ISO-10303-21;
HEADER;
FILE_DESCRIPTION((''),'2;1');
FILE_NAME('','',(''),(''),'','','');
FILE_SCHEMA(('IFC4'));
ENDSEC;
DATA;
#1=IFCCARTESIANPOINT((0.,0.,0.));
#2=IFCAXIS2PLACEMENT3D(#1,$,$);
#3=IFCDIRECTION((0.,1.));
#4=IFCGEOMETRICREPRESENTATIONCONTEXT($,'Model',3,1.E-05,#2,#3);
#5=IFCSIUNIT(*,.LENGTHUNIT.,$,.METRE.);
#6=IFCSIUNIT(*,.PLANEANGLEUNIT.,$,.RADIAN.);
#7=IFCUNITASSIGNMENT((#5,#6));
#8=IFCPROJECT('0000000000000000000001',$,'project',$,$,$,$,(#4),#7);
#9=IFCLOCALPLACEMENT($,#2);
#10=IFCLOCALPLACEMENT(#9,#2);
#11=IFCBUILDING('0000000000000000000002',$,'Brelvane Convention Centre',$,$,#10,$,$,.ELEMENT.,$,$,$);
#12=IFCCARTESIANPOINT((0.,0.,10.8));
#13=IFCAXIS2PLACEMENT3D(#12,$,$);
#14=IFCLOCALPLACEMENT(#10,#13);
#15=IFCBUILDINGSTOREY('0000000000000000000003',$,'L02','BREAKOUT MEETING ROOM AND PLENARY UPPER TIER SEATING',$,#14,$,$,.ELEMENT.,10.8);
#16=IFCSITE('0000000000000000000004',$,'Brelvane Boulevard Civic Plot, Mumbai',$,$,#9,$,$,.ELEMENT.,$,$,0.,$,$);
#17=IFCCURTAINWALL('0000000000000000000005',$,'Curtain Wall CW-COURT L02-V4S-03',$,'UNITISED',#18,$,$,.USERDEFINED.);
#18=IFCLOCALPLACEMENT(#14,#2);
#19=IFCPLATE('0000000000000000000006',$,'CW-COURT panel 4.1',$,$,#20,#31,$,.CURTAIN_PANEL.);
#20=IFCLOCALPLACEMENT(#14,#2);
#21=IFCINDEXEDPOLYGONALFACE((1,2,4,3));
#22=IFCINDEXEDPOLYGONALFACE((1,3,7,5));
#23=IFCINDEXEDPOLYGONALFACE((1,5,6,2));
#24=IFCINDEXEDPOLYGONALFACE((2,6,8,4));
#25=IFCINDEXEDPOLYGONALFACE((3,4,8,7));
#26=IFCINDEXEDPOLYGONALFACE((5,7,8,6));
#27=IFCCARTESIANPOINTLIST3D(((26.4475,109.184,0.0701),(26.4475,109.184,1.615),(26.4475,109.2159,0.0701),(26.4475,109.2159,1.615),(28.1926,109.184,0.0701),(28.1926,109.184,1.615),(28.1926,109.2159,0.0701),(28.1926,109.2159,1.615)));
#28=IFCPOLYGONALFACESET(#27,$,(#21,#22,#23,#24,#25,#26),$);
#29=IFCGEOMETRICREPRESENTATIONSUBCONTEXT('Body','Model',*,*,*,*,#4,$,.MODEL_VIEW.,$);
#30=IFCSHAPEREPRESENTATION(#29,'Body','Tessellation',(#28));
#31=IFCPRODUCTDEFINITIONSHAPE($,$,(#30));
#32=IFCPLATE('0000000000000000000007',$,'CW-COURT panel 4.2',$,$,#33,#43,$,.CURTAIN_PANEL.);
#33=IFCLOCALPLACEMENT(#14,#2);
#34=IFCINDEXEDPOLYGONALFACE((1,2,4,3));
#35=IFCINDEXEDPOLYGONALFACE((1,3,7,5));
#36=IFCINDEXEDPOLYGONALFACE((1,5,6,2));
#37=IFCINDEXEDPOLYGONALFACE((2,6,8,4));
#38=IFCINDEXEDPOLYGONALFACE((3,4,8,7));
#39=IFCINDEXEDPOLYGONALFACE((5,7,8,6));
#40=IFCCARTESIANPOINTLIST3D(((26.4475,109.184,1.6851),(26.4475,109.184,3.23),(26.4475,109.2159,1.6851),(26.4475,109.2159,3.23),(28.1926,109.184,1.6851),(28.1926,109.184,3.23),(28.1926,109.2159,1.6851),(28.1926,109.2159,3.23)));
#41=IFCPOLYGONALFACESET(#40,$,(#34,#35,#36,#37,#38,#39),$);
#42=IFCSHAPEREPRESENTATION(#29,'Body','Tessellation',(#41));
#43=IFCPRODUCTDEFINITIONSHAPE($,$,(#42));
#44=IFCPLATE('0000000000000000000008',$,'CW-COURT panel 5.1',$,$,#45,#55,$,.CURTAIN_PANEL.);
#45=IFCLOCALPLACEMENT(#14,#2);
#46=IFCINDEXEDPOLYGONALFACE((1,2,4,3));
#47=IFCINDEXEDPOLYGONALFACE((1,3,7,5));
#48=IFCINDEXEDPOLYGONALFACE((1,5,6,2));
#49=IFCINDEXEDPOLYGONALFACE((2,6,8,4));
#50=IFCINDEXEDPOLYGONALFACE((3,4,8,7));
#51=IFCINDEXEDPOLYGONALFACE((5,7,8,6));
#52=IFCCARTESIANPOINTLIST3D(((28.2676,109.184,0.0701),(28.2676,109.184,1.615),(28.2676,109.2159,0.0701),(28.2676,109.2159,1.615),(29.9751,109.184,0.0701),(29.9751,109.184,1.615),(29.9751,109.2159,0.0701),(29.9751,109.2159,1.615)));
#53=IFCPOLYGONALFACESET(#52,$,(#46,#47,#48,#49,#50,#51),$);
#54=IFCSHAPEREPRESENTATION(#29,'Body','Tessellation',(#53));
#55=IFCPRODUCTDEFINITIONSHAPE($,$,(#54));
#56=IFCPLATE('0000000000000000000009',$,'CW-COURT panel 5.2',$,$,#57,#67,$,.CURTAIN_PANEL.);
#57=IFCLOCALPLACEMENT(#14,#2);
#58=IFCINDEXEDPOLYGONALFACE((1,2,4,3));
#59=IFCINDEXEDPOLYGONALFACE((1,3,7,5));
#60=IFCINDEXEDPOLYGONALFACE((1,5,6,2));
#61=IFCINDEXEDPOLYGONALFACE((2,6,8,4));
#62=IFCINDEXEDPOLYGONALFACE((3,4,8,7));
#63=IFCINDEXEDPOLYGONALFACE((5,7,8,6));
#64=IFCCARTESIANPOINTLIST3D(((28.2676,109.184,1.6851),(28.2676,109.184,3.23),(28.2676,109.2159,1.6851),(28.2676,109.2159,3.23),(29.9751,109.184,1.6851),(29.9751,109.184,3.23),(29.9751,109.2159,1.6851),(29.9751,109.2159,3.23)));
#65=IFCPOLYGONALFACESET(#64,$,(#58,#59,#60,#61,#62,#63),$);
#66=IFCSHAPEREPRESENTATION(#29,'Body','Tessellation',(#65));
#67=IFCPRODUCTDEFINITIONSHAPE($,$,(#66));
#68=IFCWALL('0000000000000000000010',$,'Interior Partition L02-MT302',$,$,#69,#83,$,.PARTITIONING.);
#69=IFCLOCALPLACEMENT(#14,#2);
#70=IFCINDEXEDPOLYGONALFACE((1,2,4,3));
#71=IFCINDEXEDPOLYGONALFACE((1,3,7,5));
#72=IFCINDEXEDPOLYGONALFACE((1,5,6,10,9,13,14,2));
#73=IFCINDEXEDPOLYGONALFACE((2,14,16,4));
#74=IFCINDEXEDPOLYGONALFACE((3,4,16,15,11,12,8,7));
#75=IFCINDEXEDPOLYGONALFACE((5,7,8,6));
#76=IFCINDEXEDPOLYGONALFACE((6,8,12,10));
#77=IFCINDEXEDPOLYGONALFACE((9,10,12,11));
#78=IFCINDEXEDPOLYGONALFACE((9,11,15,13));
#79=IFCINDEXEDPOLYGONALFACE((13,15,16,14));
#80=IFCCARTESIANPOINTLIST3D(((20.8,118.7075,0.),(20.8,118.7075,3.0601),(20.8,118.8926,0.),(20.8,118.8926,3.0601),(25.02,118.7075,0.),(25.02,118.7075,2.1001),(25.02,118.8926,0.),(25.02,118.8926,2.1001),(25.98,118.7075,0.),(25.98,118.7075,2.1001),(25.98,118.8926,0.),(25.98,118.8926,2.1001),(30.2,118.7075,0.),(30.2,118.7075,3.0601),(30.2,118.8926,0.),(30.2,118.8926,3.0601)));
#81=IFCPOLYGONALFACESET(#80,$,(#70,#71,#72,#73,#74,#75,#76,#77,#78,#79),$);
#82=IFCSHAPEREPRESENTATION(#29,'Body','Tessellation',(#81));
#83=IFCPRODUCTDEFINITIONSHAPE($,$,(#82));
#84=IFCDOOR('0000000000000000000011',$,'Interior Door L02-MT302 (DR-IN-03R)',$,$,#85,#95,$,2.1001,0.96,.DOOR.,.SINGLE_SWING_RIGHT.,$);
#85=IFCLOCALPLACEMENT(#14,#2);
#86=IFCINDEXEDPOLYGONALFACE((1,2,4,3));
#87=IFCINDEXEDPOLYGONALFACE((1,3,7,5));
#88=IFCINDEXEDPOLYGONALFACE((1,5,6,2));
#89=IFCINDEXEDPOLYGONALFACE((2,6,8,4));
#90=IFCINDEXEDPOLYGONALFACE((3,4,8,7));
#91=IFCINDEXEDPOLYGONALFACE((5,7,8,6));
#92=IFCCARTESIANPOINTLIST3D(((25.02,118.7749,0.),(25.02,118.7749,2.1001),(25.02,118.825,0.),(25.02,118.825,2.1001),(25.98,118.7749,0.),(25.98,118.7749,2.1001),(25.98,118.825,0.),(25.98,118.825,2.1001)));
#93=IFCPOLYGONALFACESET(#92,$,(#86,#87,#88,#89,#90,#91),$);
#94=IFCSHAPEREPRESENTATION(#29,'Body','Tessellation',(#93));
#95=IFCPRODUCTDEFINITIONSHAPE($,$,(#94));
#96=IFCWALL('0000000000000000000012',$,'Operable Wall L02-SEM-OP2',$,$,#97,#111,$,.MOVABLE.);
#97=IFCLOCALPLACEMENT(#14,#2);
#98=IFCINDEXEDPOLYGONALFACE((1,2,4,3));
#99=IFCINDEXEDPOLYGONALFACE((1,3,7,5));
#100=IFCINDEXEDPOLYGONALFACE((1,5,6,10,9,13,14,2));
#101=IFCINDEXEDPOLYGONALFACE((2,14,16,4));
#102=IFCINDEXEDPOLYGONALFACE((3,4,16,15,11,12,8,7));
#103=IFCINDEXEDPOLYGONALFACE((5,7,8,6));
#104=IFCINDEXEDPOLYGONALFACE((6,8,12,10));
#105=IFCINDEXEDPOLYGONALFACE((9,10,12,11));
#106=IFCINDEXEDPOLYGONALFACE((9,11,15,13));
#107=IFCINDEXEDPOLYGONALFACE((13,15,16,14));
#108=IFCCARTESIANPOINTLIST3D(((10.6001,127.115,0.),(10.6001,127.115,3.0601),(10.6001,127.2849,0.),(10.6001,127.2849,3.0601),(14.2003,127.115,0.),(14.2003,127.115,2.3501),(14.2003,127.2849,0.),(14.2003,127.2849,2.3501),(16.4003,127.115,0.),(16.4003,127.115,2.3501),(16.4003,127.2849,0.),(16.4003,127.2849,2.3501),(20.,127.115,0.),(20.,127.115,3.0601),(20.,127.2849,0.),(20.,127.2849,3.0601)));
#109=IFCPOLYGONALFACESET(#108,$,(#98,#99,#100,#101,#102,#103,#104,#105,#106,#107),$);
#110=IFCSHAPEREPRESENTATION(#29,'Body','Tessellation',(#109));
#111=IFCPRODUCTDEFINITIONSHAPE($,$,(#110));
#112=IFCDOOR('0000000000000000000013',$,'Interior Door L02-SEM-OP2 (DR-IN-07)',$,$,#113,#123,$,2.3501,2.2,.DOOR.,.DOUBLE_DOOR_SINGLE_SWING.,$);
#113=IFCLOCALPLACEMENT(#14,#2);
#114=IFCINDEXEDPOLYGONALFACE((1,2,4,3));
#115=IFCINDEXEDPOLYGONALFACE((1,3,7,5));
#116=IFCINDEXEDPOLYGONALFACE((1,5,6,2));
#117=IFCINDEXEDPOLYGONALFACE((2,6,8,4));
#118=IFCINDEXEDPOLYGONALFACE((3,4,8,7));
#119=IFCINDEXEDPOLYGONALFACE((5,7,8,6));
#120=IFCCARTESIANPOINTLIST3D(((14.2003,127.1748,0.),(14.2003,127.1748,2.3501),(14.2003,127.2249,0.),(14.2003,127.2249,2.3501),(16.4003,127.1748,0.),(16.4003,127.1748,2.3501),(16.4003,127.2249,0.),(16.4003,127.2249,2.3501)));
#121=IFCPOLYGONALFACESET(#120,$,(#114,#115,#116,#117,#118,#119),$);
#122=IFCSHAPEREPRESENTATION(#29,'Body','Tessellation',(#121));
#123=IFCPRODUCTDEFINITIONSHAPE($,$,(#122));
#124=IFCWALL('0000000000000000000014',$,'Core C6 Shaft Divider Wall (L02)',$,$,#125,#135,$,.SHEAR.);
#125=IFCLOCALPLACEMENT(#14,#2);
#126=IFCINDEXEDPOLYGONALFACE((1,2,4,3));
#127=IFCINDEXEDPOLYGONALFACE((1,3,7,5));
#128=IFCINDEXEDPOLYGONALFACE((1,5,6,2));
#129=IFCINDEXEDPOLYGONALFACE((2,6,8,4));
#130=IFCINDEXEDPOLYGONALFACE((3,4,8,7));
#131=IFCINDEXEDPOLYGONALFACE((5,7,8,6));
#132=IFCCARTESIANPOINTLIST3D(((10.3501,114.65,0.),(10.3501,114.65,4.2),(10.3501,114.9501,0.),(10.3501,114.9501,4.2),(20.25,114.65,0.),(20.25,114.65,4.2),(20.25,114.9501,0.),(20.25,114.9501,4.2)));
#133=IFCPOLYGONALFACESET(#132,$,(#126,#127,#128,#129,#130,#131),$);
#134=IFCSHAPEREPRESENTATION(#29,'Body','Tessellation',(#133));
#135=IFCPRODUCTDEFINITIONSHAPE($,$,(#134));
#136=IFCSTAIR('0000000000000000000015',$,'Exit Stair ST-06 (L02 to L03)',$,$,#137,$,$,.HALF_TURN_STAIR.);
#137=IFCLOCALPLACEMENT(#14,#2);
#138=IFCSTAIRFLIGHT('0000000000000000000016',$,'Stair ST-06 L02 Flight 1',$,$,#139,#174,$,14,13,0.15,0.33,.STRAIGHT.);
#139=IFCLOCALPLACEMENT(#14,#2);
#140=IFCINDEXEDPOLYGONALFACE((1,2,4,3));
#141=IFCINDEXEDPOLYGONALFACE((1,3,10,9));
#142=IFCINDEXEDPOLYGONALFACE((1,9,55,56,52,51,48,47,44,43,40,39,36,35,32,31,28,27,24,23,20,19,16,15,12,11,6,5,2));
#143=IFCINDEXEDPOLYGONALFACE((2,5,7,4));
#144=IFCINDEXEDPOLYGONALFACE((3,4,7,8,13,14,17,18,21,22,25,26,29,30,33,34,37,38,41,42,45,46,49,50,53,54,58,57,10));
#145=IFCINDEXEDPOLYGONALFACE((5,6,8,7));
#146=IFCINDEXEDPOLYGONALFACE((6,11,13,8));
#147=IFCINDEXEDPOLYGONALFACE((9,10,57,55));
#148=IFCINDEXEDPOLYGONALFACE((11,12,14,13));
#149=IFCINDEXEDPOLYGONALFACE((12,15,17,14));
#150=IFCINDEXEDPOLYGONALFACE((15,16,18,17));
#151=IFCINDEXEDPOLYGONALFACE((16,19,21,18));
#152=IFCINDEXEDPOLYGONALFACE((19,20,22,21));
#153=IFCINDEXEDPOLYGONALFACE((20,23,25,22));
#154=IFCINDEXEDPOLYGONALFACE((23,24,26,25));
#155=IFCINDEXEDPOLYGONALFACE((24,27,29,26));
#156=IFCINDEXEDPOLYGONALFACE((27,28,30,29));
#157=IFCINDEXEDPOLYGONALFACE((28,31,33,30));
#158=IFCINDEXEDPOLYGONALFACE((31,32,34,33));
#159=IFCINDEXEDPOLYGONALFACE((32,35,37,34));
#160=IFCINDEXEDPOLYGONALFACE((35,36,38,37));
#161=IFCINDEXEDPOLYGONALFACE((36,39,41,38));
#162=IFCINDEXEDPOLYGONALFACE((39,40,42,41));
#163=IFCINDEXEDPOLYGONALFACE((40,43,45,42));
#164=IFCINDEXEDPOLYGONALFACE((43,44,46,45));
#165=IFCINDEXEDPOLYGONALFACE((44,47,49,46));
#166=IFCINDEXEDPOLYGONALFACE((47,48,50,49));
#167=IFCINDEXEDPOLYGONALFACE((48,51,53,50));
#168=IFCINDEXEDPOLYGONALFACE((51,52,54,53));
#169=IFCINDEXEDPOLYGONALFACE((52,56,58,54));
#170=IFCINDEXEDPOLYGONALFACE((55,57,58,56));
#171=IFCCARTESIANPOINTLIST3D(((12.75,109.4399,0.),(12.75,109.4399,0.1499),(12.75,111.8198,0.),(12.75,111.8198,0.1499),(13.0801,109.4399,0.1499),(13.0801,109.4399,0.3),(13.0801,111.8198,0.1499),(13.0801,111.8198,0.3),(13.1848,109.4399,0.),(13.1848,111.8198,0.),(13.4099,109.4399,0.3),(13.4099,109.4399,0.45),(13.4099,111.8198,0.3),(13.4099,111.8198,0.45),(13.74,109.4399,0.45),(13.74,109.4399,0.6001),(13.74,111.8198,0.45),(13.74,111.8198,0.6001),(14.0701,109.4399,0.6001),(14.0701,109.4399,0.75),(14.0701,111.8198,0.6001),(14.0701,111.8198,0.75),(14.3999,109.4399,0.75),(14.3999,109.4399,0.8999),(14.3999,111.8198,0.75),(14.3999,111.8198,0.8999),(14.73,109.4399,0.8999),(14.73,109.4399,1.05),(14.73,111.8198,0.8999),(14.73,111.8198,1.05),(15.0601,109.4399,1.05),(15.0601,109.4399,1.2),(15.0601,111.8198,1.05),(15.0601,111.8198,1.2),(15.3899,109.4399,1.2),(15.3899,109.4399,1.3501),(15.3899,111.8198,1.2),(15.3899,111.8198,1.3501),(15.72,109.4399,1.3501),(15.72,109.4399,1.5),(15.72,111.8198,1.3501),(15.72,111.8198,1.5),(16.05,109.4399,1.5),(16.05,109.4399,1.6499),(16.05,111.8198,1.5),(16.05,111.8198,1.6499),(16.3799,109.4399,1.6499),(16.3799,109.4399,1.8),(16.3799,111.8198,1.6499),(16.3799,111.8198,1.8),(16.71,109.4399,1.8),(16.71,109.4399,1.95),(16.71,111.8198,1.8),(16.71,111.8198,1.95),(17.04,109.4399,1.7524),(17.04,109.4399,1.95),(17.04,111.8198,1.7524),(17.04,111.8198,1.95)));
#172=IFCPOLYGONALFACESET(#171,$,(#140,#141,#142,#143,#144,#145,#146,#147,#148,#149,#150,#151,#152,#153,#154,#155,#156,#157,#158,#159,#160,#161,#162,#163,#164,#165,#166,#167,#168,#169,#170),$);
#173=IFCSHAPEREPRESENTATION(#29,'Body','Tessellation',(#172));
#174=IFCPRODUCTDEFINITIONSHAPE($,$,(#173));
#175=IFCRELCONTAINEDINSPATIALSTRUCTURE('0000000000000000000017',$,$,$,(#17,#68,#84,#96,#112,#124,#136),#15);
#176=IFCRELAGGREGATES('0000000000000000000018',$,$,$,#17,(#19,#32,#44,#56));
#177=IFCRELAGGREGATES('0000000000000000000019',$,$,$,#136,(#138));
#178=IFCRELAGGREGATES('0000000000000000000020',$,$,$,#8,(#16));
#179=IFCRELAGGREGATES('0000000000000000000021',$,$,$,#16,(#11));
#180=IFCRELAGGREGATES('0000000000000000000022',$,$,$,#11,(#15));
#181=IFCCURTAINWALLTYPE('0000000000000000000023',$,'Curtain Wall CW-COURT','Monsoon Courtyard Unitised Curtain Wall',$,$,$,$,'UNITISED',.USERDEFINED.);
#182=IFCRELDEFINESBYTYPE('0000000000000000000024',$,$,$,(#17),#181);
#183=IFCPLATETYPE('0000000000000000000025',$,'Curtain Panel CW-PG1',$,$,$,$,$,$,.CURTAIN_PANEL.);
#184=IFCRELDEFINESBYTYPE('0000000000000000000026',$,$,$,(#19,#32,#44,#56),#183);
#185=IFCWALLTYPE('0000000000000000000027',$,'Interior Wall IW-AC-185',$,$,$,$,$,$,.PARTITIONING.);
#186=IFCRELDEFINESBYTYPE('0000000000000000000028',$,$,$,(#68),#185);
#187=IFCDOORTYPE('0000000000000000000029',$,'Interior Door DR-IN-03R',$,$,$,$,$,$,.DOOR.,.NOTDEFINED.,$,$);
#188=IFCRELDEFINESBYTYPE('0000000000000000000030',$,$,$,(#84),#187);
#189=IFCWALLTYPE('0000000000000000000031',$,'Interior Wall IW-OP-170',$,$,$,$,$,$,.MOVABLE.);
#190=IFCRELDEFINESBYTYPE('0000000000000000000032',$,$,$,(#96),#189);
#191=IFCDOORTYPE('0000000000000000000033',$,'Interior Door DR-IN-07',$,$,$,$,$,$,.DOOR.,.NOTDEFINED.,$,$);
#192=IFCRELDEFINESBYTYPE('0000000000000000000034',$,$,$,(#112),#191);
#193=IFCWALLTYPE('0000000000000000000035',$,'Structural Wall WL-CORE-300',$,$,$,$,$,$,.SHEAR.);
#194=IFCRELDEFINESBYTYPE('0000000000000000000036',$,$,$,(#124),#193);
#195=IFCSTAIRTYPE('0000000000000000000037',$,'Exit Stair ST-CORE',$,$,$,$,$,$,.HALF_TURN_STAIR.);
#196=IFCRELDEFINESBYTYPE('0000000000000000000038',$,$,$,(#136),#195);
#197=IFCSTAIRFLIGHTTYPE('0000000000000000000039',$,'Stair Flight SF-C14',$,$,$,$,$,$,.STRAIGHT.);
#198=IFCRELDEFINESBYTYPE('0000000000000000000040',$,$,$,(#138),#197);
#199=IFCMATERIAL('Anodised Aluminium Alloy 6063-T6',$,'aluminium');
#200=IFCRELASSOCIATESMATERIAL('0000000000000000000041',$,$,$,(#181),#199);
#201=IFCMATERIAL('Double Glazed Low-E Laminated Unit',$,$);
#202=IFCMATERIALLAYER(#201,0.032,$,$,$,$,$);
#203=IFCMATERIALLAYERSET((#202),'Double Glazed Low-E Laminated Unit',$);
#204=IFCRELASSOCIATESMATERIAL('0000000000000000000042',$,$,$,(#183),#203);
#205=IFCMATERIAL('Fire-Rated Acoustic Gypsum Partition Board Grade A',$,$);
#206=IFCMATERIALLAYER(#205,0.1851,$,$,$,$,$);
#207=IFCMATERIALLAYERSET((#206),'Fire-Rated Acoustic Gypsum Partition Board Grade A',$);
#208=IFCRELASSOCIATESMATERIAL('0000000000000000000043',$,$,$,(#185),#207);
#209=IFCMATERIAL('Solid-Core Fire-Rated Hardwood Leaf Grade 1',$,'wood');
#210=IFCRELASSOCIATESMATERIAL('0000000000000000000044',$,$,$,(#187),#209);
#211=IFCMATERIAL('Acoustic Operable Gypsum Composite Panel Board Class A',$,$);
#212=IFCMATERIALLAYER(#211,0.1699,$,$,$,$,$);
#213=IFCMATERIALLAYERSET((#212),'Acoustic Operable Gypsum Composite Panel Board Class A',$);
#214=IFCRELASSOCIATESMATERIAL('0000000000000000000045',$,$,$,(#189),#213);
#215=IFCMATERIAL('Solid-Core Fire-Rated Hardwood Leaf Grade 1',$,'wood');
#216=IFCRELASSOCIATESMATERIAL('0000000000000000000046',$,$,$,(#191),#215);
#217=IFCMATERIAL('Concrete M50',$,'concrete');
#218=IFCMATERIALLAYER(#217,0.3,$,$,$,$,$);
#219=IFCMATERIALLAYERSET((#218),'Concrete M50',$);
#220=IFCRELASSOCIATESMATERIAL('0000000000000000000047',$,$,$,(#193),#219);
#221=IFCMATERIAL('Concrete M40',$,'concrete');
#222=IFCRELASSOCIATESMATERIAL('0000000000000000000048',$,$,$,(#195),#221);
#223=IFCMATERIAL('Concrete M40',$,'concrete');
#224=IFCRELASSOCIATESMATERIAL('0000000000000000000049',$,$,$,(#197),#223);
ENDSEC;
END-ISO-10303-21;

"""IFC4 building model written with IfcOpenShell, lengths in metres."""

from ifc_helpers import new_model, si_unit, direction, frame, frame_2d, origin, origin_2d, place, context, subcontext, project, spatial, polyline, rectangle, outline, extrude, material, layer, layer_set, type_object, element, fill, aggregate, save


model = new_model("IFC4")

# Units and contexts
model_context = context("Model", 3, precision=1e-05, world=origin(), true_north=direction((0.0, 1.0)))
body_context = subcontext(model_context, "Body", "Model", "MODEL_VIEW")
ifc_project = project(units=[si_unit("LENGTHUNIT", "METRE"), si_unit("PLANEANGLEUNIT", "RADIAN")], contexts=[model_context])

# Site, building, storey
site_placement = place(None, origin())
site = spatial("IfcSite", under=ifc_project, at=site_placement, Name="Brelvane Boulevard Civic Plot, Mumbai", CompositionType="ELEMENT", RefElevation=0.0)
building_placement = place(site_placement, origin())
building = spatial("IfcBuilding", under=site, at=building_placement, Name="Brelvane Convention Centre", CompositionType="ELEMENT")
storey_placement = place(building_placement, frame((0.0, 0.0, 10.8)))
storey = spatial("IfcBuildingStorey", under=building, at=storey_placement, Name="L02", Description="BREAKOUT MEETING ROOM AND PLENARY UPPER TIER SEATING", CompositionType="ELEMENT", Elevation=10.8)

# Curtain wall
ifc_material_1 = material(Name="Anodised Aluminium Alloy 6063-T6", Category="aluminium")
curtain_wall_type = type_object("IfcCurtainWallType", Name="Curtain Wall CW-COURT", Description="Monsoon Courtyard Unitised Curtain Wall", ElementType="UNITISED", PredefinedType="USERDEFINED", material=ifc_material_1)
curtain_wall_placement = place(storey_placement, origin())
curtain_wall = element("IfcCurtainWall", 1, at=curtain_wall_placement, inside=storey, type_object=curtain_wall_type, Name="Curtain Wall CW-COURT L02-V4S-03", ObjectType="UNITISED", PredefinedType="USERDEFINED")

# Plates
ifc_material_2 = material(Name="Double Glazed Low-E Laminated Unit")
ifc_layer_1 = layer(ifc_material_2, 0.032)
ifc_layer_set_1 = layer_set([ifc_layer_1], Name="Double Glazed Low-E Laminated Unit")
plate_type = type_object("IfcPlateType", Name="Curtain Panel CW-PG1", PredefinedType="CURTAIN_PANEL", material=ifc_layer_set_1)
plate_1_placement = place(storey_placement, frame((27.3201, 109.2, 0.0701), z_axis=(0.0, 0.0, 1.0), x_axis=(1.0, 0.0, 0.0)))
plate_1 = element("IfcPlate", 2, at=plate_1_placement, type_object=plate_type, Name="CW-COURT panel 4.1", PredefinedType="CURTAIN_PANEL", context=body_context, shape_type="SweptSolid", body=[
    extrude(rectangle(XDim=1.7451, YDim=0.032, at=origin_2d()), origin(), (0.0, 0.0, 1.0), 1.5449),
])
plate_2_placement = place(storey_placement, frame((27.3201, 109.2, 1.6851), z_axis=(0.0, 0.0, 1.0), x_axis=(1.0, 0.0, 0.0)))
plate_2 = element("IfcPlate", 3, at=plate_2_placement, type_object=plate_type, Name="CW-COURT panel 4.2", PredefinedType="CURTAIN_PANEL", context=body_context, shape_type="SweptSolid", body=[
    extrude(rectangle(XDim=1.7451, YDim=0.032, at=origin_2d()), origin(), (0.0, 0.0, 1.0), 1.5449),
])
plate_3_placement = place(storey_placement, frame((29.1213, 109.2, 0.0701), z_axis=(0.0, 0.0, 1.0), x_axis=(1.0, 0.0, 0.0)))
plate_3 = element("IfcPlate", 4, at=plate_3_placement, type_object=plate_type, Name="CW-COURT panel 5.1", PredefinedType="CURTAIN_PANEL", context=body_context, shape_type="SweptSolid", body=[
    extrude(rectangle(XDim=1.7075, YDim=0.032, at=origin_2d()), origin(), (0.0, 0.0, 1.0), 1.5449),
])
plate_4_placement = place(storey_placement, frame((29.1213, 109.2, 1.6851), z_axis=(0.0, 0.0, 1.0), x_axis=(1.0, 0.0, 0.0)))
plate_4 = element("IfcPlate", 5, at=plate_4_placement, type_object=plate_type, Name="CW-COURT panel 5.2", PredefinedType="CURTAIN_PANEL", context=body_context, shape_type="SweptSolid", body=[
    extrude(rectangle(XDim=1.7075, YDim=0.032, at=origin_2d()), origin(), (0.0, 0.0, 1.0), 1.5449),
])
aggregate(curtain_wall, [plate_1, plate_2, plate_3, plate_4])

# Walls, openings, doors
ifc_material_3 = material(Name="Fire-Rated Acoustic Gypsum Partition Board Grade A")
ifc_layer_2 = layer(ifc_material_3, 0.1851)
ifc_layer_set_2 = layer_set([ifc_layer_2], Name="Fire-Rated Acoustic Gypsum Partition Board Grade A")
wall_type_1 = type_object("IfcWallType", Name="Interior Wall IW-AC-185", PredefinedType="PARTITIONING", material=ifc_layer_set_2)
wall_1_placement = place(storey_placement, frame((20.8, 118.8, 0.0), z_axis=(0.0, 0.0, 1.0), x_axis=(1.0, 0.0, 0.0)))
wall_1 = element("IfcWall", 6, at=wall_1_placement, inside=storey, type_object=wall_type_1, Name="Interior Partition L02-MT302", PredefinedType="PARTITIONING", context=body_context, shape_type="SweptSolid", body=[
    extrude(rectangle(XDim=9.3999, YDim=0.1851, at=frame_2d((4.7, 0.0))), origin(), (0.0, 0.0, 1.0), 3.0601),
])
opening_1_placement = place(wall_1_placement, frame((4.22, 0.0, 0.0)))
opening_1 = element("IfcOpeningElement", 7, at=opening_1_placement, cuts=wall_1, PredefinedType="OPENING", context=body_context, shape_type="SweptSolid", body=[
    extrude(rectangle(XDim=0.96, YDim=2.1001, at=frame_2d((0.48, 1.05))), frame((0.0, 0.1025, 0.0), z_axis=(0.0, -1.0, 0.0), x_axis=(1.0, 0.0, 0.0)), (0.0, 0.0, 1.0), 0.2051),
])
ifc_material_4 = material(Name="Solid-Core Fire-Rated Hardwood Leaf Grade 1", Category="wood")
door_type_1 = type_object("IfcDoorType", Name="Interior Door DR-IN-03R", OperationType="NOTDEFINED", PredefinedType="DOOR", material=ifc_material_4)
door_1_placement = place(opening_1_placement, origin())
door_1 = element("IfcDoor", 8, at=door_1_placement, inside=storey, type_object=door_type_1, Name="Interior Door L02-MT302 (DR-IN-03R)", OperationType="SINGLE_SWING_RIGHT", OverallHeight=2.1001, OverallWidth=0.96, PredefinedType="DOOR", context=body_context, shape_type="SweptSolid", body=[
    extrude(rectangle(XDim=0.96, YDim=2.1001, at=frame_2d((0.48, 1.05))), frame((0.0, 0.0249, 0.0), z_axis=(0.0, -1.0, 0.0), x_axis=(1.0, 0.0, 0.0)), (0.0, 0.0, 1.0), 0.05),
])
fill(opening_1, door_1)
ifc_material_5 = material(Name="Acoustic Operable Gypsum Composite Panel Board Class A")
ifc_layer_3 = layer(ifc_material_5, 0.1699)
ifc_layer_set_3 = layer_set([ifc_layer_3], Name="Acoustic Operable Gypsum Composite Panel Board Class A")
wall_type_2 = type_object("IfcWallType", Name="Interior Wall IW-OP-170", PredefinedType="MOVABLE", material=ifc_layer_set_3)
wall_2_placement = place(storey_placement, frame((10.6001, 127.2, 0.0), z_axis=(0.0, 0.0, 1.0), x_axis=(1.0, 0.0, 0.0)))
wall_2 = element("IfcWall", 9, at=wall_2_placement, inside=storey, type_object=wall_type_2, Name="Operable Wall L02-SEM-OP2", PredefinedType="MOVABLE", context=body_context, shape_type="SweptSolid", body=[
    extrude(rectangle(XDim=9.3999, YDim=0.1699, at=frame_2d((4.7, 0.0))), origin(), (0.0, 0.0, 1.0), 3.0601),
])
opening_2_placement = place(wall_2_placement, frame((3.6001, 0.0, 0.0)))
opening_2 = element("IfcOpeningElement", 10, at=opening_2_placement, cuts=wall_2, PredefinedType="OPENING", context=body_context, shape_type="SweptSolid", body=[
    extrude(rectangle(XDim=2.2, YDim=2.3501, at=frame_2d((1.1001, 1.175))), frame((0.0, 0.095, 0.0), z_axis=(0.0, -1.0, 0.0), x_axis=(1.0, 0.0, 0.0)), (0.0, 0.0, 1.0), 0.1899),
])
ifc_material_6 = material(Name="Solid-Core Fire-Rated Hardwood Leaf Grade 1", Category="wood")
door_type_2 = type_object("IfcDoorType", Name="Interior Door DR-IN-07", OperationType="NOTDEFINED", PredefinedType="DOOR", material=ifc_material_6)
door_2_placement = place(opening_2_placement, origin())
door_2 = element("IfcDoor", 11, at=door_2_placement, inside=storey, type_object=door_type_2, Name="Interior Door L02-SEM-OP2 (DR-IN-07)", OperationType="DOUBLE_DOOR_SINGLE_SWING", OverallHeight=2.3501, OverallWidth=2.2, PredefinedType="DOOR", context=body_context, shape_type="SweptSolid", body=[
    extrude(rectangle(XDim=2.2, YDim=2.3501, at=frame_2d((1.1001, 1.175))), frame((0.0, 0.0249, 0.0), z_axis=(0.0, -1.0, 0.0), x_axis=(1.0, 0.0, 0.0)), (0.0, 0.0, 1.0), 0.05),
])
fill(opening_2, door_2)

# Wall
ifc_material_7 = material(Name="Concrete M50", Category="concrete")
ifc_layer_4 = layer(ifc_material_7, 0.3)
ifc_layer_set_4 = layer_set([ifc_layer_4], Name="Concrete M50")
wall_type_3 = type_object("IfcWallType", Name="Structural Wall WL-CORE-300", PredefinedType="SHEAR", material=ifc_layer_set_4)
wall_3_placement = place(storey_placement, frame((10.3501, 114.8, 0.0), z_axis=(0.0, 0.0, 1.0), x_axis=(1.0, 0.0, 0.0)))
element("IfcWall", 12, at=wall_3_placement, inside=storey, type_object=wall_type_3, Name="Core C6 Shaft Divider Wall (L02)", PredefinedType="SHEAR", context=body_context, shape_type="SweptSolid", body=[
    extrude(rectangle(XDim=9.8999, YDim=0.3, at=frame_2d((4.95, 0.0))), origin(), (0.0, 0.0, 1.0), 4.2),
])

# Stair, stair flight
ifc_material_8 = material(Name="Concrete M40", Category="concrete")
stair_type = type_object("IfcStairType", Name="Exit Stair ST-CORE", PredefinedType="HALF_TURN_STAIR", material=ifc_material_8)
stair_placement = place(storey_placement, origin())
stair = element("IfcStair", 13, at=stair_placement, inside=storey, type_object=stair_type, Name="Exit Stair ST-06 (L02 to L03)", PredefinedType="HALF_TURN_STAIR")
ifc_material_9 = material(Name="Concrete M40", Category="concrete")
stair_flight_type = type_object("IfcStairFlightType", Name="Stair Flight SF-C14", PredefinedType="STRAIGHT", material=ifc_material_9)
stair_flight_1_placement = place(storey_placement, frame((12.75, 110.6299, 0.0), z_axis=(0.0, 0.0, 1.0), x_axis=(1.0, 0.0, 0.0)))
stair_flight_1 = element("IfcStairFlight", 14, at=stair_flight_1_placement, type_object=stair_flight_type, Name="Stair ST-06 L02 Flight 1", NumberOfRisers=14, NumberOfTreads=13, PredefinedType="STRAIGHT", RiserHeight=0.15, TreadLength=0.33, context=body_context, shape_type="SweptSolid", body=[
    extrude(outline(polyline([(0.0, 0.0), (0.0, 0.1499), (0.3301, 0.1499), (0.3301, 0.3), (0.6599, 0.3), (0.6599, 0.45), (0.99, 0.45), (0.99, 0.6001), (1.3201, 0.6001), (1.3201, 0.75), (1.6499, 0.75), (1.6499, 0.8999), (1.98, 0.8999), (1.98, 1.05), (2.3101, 1.05), (2.3101, 1.2), (2.6399, 1.2), (2.6399, 1.3501), (2.97, 1.3501), (2.97, 1.5), (3.3, 1.5), (3.3, 1.6499), (3.6299, 1.6499), (3.6299, 1.8), (3.96, 1.8), (3.96, 1.95), (4.29, 1.95), (4.29, 2.1001), (4.29, 1.7524), (0.4348, 0.0), (0.0, 0.0)])), frame((0.0, 1.1899, 0.0), z_axis=(0.0, -1.0, 0.0), x_axis=(1.0, 0.0, 0.0)), (0.0, 0.0, 1.0), 2.3799),
])
aggregate(stair, [stair_flight_1])

save(model, "model.ifc")
